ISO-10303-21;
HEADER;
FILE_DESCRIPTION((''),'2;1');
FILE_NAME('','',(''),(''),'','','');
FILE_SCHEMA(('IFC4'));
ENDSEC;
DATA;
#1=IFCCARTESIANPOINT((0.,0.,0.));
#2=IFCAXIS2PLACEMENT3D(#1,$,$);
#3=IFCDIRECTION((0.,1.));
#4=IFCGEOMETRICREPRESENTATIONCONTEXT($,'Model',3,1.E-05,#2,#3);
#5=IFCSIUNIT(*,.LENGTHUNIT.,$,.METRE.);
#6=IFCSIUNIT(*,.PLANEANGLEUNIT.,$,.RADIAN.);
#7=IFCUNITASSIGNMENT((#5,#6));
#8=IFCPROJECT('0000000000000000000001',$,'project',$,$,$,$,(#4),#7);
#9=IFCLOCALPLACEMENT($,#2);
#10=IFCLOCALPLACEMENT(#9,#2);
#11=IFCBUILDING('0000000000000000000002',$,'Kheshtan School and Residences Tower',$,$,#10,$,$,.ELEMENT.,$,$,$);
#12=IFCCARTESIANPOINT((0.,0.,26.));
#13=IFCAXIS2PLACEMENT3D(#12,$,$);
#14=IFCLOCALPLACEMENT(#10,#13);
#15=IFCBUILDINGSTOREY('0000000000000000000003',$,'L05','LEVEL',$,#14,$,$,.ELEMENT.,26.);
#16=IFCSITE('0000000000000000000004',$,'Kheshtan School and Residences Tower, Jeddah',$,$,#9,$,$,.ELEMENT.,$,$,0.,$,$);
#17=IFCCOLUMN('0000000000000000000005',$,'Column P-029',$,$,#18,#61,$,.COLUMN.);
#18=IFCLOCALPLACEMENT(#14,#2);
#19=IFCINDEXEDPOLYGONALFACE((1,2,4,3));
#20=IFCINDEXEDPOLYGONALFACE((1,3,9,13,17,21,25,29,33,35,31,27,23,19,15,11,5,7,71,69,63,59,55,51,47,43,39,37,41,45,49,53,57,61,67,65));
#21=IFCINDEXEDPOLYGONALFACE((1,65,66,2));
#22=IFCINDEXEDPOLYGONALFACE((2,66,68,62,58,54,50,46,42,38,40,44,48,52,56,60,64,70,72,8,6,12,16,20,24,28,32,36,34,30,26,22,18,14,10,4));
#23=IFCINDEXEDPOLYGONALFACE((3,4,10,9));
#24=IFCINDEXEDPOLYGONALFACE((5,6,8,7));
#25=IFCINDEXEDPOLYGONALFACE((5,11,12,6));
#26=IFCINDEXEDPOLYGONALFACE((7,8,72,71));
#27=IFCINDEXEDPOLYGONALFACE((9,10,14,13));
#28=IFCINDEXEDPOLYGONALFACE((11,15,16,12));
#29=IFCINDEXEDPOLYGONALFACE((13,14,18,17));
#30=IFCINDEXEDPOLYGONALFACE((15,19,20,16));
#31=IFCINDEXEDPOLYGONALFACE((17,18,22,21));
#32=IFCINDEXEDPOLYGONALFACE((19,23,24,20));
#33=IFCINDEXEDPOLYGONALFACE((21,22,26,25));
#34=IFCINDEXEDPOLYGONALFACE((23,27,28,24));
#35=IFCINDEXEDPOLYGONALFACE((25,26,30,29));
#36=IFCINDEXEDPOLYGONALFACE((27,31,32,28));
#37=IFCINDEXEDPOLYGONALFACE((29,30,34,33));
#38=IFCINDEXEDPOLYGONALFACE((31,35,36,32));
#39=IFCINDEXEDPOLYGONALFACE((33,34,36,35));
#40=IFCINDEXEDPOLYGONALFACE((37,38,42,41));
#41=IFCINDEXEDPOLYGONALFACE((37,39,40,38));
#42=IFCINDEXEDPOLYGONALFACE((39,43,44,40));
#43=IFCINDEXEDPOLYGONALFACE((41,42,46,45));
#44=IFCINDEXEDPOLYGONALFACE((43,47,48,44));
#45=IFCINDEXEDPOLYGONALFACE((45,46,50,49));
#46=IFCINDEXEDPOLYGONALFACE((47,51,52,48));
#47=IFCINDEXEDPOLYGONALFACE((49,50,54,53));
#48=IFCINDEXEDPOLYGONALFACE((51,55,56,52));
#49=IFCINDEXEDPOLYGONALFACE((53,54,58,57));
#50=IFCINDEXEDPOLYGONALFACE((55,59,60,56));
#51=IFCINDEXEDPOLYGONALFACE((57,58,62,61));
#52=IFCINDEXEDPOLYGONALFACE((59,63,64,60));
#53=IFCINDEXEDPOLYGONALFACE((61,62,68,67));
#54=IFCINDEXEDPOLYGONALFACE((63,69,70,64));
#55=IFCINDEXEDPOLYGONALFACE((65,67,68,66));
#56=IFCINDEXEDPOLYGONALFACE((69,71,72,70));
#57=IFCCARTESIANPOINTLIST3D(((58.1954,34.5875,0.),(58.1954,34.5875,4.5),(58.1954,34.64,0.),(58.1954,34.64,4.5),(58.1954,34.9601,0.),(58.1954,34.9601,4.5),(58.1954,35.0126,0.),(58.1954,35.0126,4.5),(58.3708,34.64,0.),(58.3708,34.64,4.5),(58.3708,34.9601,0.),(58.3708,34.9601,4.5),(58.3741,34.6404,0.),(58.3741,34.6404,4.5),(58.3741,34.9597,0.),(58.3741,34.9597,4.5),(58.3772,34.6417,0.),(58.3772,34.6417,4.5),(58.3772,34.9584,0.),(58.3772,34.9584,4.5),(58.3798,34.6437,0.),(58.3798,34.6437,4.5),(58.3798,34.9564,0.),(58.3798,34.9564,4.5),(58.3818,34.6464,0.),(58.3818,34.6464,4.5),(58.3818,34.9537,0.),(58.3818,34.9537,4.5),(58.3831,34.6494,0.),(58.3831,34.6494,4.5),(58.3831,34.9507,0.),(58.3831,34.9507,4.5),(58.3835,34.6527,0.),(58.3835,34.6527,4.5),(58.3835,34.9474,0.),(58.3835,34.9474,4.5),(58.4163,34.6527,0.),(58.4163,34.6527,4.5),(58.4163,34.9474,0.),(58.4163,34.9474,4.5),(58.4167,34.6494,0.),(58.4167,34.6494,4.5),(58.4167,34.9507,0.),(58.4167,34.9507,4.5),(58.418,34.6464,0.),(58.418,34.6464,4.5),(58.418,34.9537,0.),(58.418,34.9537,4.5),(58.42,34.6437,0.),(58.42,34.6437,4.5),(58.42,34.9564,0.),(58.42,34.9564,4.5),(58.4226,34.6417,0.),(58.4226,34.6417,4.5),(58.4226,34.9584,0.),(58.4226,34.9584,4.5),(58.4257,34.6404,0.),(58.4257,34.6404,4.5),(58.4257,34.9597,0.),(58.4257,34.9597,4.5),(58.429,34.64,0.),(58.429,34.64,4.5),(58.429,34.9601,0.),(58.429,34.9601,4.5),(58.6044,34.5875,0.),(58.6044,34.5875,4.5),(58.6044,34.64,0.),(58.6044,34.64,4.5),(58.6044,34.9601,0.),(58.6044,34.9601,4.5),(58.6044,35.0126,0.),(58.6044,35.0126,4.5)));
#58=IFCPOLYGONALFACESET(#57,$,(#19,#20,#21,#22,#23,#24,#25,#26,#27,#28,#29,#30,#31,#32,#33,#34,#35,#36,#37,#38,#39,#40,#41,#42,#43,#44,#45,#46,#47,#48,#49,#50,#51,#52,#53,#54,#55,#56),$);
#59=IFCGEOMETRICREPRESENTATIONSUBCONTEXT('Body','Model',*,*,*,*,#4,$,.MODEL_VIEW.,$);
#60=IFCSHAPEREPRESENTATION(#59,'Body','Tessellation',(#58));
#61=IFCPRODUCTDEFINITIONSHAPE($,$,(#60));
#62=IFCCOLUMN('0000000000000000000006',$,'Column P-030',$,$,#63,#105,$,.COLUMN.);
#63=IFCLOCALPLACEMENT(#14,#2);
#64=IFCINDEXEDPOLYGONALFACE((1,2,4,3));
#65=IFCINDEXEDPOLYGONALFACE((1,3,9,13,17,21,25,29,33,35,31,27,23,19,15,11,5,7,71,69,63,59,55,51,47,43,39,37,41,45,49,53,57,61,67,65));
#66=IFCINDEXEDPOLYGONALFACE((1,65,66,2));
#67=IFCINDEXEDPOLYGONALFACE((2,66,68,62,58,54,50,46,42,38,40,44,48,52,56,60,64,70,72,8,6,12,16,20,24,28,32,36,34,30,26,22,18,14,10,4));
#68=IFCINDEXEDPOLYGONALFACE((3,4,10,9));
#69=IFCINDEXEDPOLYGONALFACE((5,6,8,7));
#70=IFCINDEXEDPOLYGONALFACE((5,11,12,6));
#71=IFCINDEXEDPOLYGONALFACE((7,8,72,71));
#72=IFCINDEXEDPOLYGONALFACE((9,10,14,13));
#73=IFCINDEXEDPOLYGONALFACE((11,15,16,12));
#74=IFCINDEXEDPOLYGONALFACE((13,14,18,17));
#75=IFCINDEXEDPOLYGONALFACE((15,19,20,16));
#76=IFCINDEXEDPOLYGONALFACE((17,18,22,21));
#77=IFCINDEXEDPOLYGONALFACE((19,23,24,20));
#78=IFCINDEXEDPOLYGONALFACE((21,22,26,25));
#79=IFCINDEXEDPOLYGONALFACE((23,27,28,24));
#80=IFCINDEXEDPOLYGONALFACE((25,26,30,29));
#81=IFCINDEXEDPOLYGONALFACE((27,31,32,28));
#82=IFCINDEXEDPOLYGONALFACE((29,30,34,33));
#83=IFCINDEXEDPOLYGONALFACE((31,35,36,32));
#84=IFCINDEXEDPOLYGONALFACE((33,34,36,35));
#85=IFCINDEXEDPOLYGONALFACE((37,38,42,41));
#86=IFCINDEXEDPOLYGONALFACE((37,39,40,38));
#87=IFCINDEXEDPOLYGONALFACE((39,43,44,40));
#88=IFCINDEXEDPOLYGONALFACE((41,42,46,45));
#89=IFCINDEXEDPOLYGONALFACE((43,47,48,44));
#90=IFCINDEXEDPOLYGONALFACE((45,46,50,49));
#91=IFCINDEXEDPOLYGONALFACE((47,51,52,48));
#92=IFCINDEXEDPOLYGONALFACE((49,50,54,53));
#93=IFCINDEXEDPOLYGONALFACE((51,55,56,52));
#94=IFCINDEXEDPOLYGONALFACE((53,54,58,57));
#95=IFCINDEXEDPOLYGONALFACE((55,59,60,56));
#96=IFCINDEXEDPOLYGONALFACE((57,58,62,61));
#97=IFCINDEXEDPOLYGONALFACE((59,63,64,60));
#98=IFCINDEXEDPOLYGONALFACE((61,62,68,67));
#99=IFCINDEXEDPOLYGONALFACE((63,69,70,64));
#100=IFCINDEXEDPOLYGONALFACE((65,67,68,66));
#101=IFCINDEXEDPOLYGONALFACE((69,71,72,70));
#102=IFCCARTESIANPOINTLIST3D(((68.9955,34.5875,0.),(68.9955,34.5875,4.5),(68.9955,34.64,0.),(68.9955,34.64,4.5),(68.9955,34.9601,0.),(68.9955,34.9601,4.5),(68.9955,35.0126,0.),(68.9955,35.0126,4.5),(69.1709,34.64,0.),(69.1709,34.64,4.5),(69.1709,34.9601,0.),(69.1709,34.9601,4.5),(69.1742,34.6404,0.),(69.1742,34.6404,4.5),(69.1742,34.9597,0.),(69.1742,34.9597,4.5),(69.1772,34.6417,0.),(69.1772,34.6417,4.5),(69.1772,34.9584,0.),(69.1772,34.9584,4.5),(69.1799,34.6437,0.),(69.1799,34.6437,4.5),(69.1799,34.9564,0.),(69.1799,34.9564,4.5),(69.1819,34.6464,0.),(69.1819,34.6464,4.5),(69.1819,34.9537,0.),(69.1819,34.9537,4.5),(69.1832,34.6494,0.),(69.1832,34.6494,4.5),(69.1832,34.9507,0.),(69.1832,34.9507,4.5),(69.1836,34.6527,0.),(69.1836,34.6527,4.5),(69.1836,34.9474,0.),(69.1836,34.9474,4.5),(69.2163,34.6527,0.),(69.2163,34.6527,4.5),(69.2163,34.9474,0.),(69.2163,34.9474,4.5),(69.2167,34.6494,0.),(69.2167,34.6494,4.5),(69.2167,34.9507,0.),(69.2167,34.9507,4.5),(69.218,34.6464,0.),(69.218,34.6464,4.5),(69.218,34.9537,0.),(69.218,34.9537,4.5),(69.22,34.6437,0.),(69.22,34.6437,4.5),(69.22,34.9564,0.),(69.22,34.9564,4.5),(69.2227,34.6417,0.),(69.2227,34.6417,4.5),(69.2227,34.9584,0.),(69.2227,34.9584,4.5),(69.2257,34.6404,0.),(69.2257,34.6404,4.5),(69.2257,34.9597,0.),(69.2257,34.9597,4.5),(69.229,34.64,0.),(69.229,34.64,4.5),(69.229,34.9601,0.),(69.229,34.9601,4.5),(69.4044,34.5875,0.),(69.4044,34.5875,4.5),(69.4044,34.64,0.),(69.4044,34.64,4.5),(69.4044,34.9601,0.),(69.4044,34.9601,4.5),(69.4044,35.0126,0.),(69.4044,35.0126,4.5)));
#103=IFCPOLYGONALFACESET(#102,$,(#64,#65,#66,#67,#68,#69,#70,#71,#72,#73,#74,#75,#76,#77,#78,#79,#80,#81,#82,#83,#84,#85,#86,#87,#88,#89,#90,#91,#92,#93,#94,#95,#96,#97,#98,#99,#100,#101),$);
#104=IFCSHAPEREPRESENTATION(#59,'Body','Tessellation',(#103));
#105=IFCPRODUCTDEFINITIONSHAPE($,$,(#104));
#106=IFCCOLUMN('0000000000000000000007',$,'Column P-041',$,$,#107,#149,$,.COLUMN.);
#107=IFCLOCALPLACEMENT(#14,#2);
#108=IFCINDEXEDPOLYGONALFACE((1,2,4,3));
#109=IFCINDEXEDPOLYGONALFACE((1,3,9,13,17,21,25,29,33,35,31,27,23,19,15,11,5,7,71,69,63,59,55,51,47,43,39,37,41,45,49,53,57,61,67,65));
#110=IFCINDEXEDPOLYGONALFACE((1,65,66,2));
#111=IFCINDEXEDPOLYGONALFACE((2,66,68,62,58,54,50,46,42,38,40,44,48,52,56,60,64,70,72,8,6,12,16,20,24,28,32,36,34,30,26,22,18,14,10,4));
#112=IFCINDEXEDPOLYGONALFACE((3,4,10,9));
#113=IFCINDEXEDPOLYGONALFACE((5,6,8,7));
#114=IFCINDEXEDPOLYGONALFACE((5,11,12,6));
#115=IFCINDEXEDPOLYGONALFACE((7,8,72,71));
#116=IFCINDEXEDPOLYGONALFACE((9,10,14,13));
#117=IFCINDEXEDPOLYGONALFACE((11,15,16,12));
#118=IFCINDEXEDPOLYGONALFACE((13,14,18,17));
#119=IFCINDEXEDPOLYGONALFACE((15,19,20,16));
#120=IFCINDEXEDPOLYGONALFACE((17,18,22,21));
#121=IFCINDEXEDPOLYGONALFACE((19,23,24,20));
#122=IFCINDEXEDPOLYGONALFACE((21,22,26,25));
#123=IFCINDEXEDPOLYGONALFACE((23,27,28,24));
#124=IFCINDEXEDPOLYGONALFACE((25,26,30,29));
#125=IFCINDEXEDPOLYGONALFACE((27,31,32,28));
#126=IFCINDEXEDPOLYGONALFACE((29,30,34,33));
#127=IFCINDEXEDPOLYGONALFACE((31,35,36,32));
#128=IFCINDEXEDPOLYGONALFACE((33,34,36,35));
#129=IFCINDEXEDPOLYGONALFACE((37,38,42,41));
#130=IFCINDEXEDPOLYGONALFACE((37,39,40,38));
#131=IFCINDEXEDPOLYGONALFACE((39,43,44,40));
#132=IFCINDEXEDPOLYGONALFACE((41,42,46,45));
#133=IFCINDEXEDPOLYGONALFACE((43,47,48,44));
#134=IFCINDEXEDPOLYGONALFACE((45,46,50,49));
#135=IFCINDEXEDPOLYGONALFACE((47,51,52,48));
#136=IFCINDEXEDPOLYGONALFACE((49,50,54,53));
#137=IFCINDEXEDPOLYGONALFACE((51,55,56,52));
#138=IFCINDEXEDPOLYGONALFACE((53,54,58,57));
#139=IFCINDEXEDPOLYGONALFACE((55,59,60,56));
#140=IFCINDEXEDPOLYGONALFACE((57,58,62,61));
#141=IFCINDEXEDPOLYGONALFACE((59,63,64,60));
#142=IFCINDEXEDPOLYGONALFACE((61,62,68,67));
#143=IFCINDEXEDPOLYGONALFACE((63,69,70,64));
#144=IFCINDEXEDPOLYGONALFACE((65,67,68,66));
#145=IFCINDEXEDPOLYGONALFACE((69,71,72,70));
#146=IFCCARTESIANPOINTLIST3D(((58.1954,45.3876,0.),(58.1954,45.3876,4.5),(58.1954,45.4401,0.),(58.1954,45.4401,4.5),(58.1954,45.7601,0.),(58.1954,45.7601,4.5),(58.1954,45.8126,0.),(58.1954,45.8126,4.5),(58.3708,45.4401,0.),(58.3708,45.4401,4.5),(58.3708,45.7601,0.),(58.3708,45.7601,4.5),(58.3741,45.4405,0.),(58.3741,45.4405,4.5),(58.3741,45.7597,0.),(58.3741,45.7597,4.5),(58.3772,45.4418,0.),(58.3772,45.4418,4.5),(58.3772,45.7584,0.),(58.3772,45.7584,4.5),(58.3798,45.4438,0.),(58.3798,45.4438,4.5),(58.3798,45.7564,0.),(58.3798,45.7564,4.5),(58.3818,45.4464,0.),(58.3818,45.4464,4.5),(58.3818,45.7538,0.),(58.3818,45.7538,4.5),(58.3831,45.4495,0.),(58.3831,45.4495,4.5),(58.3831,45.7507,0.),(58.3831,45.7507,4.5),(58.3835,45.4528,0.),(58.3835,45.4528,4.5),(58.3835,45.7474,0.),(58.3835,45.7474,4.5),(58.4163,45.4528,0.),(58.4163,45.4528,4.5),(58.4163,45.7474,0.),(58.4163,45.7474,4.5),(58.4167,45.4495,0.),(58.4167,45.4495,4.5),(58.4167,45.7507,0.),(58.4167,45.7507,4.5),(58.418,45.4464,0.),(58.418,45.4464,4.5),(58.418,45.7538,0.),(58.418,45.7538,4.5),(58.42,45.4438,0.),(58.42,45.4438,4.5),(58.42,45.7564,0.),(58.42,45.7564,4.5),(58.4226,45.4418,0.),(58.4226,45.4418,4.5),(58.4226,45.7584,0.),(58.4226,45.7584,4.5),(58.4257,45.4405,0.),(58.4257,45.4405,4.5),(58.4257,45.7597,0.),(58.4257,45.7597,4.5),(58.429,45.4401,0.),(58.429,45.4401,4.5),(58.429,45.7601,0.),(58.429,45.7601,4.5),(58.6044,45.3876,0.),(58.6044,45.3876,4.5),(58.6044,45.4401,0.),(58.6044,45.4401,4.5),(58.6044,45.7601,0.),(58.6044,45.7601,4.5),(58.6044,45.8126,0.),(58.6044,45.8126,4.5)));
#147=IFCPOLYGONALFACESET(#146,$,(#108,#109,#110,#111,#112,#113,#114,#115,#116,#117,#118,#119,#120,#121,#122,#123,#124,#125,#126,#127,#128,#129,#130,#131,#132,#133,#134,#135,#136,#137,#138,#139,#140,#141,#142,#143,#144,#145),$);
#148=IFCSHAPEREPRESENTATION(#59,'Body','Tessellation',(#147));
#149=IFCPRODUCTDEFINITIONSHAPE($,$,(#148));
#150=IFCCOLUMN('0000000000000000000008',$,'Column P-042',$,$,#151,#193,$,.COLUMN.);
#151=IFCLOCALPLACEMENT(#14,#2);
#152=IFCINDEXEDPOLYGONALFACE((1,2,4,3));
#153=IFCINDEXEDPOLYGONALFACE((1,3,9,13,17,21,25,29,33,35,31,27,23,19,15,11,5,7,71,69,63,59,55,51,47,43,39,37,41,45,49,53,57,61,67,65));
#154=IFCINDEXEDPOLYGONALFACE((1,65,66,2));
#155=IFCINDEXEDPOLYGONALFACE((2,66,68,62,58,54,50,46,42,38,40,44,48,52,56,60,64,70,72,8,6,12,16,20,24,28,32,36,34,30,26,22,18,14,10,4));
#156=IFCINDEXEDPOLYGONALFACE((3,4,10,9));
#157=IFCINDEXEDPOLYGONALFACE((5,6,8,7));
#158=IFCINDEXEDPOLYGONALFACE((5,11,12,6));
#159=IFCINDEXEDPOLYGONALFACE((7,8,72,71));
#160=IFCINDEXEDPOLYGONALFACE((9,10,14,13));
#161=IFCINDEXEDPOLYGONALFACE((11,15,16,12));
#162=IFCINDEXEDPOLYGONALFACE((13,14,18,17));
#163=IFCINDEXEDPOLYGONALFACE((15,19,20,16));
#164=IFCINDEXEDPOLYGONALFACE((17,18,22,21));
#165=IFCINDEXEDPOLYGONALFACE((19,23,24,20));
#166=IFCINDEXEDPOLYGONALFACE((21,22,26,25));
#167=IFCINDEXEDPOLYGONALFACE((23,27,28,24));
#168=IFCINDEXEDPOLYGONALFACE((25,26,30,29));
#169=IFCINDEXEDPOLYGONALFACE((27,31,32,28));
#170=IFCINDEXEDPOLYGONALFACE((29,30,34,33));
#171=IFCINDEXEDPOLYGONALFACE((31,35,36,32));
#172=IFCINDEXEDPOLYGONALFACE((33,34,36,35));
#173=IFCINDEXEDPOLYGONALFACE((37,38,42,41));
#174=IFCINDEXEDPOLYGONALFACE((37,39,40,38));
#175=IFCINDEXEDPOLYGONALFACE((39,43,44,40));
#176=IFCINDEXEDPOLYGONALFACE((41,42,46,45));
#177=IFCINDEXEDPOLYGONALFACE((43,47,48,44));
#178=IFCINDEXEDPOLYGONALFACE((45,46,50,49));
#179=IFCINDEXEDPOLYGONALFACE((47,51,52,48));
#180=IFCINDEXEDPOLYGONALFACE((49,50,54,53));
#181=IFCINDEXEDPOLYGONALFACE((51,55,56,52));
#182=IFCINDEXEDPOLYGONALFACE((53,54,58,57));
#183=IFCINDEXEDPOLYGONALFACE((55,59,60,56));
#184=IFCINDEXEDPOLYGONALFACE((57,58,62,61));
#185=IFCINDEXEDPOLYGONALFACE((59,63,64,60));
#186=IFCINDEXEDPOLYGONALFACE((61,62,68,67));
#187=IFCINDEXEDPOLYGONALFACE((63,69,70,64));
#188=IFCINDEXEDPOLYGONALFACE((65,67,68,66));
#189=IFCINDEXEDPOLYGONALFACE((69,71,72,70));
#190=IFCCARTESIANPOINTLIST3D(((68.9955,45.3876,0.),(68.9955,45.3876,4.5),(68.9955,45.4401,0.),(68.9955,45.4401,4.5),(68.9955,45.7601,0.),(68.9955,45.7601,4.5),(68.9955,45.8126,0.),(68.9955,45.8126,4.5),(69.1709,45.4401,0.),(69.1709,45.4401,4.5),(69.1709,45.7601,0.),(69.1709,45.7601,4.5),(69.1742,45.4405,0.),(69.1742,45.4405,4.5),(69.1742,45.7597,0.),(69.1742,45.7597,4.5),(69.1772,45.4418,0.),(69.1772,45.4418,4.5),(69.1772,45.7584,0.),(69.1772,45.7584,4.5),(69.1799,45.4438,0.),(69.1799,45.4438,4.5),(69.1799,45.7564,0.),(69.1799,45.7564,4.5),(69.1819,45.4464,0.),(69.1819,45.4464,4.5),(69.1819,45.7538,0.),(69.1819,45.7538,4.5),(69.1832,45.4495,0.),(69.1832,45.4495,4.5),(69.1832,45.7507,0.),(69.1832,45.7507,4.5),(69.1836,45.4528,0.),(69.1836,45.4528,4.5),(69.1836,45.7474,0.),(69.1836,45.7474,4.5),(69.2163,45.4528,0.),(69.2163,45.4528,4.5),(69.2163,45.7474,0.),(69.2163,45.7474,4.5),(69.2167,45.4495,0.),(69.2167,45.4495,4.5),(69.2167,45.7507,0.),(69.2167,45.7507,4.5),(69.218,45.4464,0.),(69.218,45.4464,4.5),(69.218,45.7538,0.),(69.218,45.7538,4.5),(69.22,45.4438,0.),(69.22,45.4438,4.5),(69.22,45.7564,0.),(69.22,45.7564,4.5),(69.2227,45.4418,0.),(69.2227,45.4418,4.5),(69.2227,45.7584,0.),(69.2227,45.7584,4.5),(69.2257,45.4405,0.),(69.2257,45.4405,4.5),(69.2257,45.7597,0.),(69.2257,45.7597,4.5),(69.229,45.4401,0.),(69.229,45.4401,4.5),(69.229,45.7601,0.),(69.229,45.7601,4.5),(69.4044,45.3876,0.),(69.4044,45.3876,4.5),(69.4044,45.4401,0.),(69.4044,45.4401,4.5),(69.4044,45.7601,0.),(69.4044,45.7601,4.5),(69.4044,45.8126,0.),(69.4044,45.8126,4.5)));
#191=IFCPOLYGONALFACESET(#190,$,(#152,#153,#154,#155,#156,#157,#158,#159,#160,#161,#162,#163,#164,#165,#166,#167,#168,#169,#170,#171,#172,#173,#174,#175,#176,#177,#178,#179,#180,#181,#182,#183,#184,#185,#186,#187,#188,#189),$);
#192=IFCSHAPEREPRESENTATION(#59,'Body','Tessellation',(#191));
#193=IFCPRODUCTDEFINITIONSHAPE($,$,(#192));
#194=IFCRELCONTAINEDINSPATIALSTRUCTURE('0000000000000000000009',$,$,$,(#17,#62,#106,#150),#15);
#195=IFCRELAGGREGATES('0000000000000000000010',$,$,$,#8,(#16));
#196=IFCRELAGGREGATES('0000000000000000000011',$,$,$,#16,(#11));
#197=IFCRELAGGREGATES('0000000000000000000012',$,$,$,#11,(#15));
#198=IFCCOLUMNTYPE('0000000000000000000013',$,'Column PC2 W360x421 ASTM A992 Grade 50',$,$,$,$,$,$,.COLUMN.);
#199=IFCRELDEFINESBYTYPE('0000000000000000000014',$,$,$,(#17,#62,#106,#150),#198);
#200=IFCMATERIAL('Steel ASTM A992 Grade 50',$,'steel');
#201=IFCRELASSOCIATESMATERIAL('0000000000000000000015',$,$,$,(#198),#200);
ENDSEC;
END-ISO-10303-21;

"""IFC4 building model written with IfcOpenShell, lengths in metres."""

from ifc_helpers import new_model, si_unit, direction, frame, origin, origin_2d, place, context, subcontext, project, spatial, i_section, extrude, material, material_profile, profile_set, type_object, element, save


model = new_model("IFC4")

# Units and contexts
model_context = context("Model", 3, precision=1e-05, world=origin(), true_north=direction((0.0, 1.0)))
body_context = subcontext(model_context, "Body", "Model", "MODEL_VIEW")
ifc_project = project(units=[si_unit("LENGTHUNIT", "METRE"), si_unit("PLANEANGLEUNIT", "RADIAN")], contexts=[model_context])

# Site, building, storey
site_placement = place(None, origin())
site = spatial("IfcSite", under=ifc_project, at=site_placement, Name="Kheshtan School and Residences Tower, Jeddah", CompositionType="ELEMENT", RefElevation=0.0)
building_placement = place(site_placement, origin())
building = spatial("IfcBuilding", under=site, at=building_placement, Name="Kheshtan School and Residences Tower", CompositionType="ELEMENT")
storey_placement = place(building_placement, frame((0.0, 0.0, 26.0)))
storey = spatial("IfcBuildingStorey", under=building, at=storey_placement, Name="L05", Description="LEVEL", CompositionType="ELEMENT", Elevation=26.0)

# Columns
ifc_material_1 = material(Name="Steel ASTM A992 Grade 50", Category="steel")
ifc_material_profile = material_profile(ifc_material_1, i_section(OverallWidth=0.4089, OverallDepth=0.425, WebThickness=0.0327, FlangeThickness=0.0525, FilletRadius=0.0127, at=origin_2d()), Name="W360x421")
ifc_profile_set = profile_set([ifc_material_profile], Name="Steel ASTM A992 Grade 50")
column_type = type_object("IfcColumnType", Name="Column PC2 W360x421 ASTM A992 Grade 50", PredefinedType="COLUMN", material=ifc_profile_set)
for number, where, z_axis, x_axis, name in (
    (1, (58.3999, 34.8, 0.0), (0.0, 0.0, 1.0), (1.0, 0.0, 0.0), "Column P-029"),
    (2, (69.2, 34.8, 0.0), (0.0, 0.0, 1.0), (1.0, 0.0, 0.0), "Column P-030"),
    (3, (58.3999, 45.6001, 0.0), (0.0, 0.0, 1.0), (1.0, 0.0, 0.0), "Column P-041"),
    (4, (69.2, 45.6001, 0.0), (0.0, 0.0, 1.0), (1.0, 0.0, 0.0), "Column P-042"),
):
    element("IfcColumn", number, at=place(storey_placement, frame(where, z_axis=z_axis, x_axis=x_axis)), inside=storey, type_object=column_type, Name=name, PredefinedType="COLUMN", context=body_context, shape_type="SweptSolid", body=[
        extrude(i_section(OverallWidth=0.4089, OverallDepth=0.425, WebThickness=0.0327, FlangeThickness=0.0525, FilletRadius=0.0127, at=origin_2d()), origin(), (0.0, 0.0, 1.0), 4.5),
    ])

save(model, "model.ifc")
